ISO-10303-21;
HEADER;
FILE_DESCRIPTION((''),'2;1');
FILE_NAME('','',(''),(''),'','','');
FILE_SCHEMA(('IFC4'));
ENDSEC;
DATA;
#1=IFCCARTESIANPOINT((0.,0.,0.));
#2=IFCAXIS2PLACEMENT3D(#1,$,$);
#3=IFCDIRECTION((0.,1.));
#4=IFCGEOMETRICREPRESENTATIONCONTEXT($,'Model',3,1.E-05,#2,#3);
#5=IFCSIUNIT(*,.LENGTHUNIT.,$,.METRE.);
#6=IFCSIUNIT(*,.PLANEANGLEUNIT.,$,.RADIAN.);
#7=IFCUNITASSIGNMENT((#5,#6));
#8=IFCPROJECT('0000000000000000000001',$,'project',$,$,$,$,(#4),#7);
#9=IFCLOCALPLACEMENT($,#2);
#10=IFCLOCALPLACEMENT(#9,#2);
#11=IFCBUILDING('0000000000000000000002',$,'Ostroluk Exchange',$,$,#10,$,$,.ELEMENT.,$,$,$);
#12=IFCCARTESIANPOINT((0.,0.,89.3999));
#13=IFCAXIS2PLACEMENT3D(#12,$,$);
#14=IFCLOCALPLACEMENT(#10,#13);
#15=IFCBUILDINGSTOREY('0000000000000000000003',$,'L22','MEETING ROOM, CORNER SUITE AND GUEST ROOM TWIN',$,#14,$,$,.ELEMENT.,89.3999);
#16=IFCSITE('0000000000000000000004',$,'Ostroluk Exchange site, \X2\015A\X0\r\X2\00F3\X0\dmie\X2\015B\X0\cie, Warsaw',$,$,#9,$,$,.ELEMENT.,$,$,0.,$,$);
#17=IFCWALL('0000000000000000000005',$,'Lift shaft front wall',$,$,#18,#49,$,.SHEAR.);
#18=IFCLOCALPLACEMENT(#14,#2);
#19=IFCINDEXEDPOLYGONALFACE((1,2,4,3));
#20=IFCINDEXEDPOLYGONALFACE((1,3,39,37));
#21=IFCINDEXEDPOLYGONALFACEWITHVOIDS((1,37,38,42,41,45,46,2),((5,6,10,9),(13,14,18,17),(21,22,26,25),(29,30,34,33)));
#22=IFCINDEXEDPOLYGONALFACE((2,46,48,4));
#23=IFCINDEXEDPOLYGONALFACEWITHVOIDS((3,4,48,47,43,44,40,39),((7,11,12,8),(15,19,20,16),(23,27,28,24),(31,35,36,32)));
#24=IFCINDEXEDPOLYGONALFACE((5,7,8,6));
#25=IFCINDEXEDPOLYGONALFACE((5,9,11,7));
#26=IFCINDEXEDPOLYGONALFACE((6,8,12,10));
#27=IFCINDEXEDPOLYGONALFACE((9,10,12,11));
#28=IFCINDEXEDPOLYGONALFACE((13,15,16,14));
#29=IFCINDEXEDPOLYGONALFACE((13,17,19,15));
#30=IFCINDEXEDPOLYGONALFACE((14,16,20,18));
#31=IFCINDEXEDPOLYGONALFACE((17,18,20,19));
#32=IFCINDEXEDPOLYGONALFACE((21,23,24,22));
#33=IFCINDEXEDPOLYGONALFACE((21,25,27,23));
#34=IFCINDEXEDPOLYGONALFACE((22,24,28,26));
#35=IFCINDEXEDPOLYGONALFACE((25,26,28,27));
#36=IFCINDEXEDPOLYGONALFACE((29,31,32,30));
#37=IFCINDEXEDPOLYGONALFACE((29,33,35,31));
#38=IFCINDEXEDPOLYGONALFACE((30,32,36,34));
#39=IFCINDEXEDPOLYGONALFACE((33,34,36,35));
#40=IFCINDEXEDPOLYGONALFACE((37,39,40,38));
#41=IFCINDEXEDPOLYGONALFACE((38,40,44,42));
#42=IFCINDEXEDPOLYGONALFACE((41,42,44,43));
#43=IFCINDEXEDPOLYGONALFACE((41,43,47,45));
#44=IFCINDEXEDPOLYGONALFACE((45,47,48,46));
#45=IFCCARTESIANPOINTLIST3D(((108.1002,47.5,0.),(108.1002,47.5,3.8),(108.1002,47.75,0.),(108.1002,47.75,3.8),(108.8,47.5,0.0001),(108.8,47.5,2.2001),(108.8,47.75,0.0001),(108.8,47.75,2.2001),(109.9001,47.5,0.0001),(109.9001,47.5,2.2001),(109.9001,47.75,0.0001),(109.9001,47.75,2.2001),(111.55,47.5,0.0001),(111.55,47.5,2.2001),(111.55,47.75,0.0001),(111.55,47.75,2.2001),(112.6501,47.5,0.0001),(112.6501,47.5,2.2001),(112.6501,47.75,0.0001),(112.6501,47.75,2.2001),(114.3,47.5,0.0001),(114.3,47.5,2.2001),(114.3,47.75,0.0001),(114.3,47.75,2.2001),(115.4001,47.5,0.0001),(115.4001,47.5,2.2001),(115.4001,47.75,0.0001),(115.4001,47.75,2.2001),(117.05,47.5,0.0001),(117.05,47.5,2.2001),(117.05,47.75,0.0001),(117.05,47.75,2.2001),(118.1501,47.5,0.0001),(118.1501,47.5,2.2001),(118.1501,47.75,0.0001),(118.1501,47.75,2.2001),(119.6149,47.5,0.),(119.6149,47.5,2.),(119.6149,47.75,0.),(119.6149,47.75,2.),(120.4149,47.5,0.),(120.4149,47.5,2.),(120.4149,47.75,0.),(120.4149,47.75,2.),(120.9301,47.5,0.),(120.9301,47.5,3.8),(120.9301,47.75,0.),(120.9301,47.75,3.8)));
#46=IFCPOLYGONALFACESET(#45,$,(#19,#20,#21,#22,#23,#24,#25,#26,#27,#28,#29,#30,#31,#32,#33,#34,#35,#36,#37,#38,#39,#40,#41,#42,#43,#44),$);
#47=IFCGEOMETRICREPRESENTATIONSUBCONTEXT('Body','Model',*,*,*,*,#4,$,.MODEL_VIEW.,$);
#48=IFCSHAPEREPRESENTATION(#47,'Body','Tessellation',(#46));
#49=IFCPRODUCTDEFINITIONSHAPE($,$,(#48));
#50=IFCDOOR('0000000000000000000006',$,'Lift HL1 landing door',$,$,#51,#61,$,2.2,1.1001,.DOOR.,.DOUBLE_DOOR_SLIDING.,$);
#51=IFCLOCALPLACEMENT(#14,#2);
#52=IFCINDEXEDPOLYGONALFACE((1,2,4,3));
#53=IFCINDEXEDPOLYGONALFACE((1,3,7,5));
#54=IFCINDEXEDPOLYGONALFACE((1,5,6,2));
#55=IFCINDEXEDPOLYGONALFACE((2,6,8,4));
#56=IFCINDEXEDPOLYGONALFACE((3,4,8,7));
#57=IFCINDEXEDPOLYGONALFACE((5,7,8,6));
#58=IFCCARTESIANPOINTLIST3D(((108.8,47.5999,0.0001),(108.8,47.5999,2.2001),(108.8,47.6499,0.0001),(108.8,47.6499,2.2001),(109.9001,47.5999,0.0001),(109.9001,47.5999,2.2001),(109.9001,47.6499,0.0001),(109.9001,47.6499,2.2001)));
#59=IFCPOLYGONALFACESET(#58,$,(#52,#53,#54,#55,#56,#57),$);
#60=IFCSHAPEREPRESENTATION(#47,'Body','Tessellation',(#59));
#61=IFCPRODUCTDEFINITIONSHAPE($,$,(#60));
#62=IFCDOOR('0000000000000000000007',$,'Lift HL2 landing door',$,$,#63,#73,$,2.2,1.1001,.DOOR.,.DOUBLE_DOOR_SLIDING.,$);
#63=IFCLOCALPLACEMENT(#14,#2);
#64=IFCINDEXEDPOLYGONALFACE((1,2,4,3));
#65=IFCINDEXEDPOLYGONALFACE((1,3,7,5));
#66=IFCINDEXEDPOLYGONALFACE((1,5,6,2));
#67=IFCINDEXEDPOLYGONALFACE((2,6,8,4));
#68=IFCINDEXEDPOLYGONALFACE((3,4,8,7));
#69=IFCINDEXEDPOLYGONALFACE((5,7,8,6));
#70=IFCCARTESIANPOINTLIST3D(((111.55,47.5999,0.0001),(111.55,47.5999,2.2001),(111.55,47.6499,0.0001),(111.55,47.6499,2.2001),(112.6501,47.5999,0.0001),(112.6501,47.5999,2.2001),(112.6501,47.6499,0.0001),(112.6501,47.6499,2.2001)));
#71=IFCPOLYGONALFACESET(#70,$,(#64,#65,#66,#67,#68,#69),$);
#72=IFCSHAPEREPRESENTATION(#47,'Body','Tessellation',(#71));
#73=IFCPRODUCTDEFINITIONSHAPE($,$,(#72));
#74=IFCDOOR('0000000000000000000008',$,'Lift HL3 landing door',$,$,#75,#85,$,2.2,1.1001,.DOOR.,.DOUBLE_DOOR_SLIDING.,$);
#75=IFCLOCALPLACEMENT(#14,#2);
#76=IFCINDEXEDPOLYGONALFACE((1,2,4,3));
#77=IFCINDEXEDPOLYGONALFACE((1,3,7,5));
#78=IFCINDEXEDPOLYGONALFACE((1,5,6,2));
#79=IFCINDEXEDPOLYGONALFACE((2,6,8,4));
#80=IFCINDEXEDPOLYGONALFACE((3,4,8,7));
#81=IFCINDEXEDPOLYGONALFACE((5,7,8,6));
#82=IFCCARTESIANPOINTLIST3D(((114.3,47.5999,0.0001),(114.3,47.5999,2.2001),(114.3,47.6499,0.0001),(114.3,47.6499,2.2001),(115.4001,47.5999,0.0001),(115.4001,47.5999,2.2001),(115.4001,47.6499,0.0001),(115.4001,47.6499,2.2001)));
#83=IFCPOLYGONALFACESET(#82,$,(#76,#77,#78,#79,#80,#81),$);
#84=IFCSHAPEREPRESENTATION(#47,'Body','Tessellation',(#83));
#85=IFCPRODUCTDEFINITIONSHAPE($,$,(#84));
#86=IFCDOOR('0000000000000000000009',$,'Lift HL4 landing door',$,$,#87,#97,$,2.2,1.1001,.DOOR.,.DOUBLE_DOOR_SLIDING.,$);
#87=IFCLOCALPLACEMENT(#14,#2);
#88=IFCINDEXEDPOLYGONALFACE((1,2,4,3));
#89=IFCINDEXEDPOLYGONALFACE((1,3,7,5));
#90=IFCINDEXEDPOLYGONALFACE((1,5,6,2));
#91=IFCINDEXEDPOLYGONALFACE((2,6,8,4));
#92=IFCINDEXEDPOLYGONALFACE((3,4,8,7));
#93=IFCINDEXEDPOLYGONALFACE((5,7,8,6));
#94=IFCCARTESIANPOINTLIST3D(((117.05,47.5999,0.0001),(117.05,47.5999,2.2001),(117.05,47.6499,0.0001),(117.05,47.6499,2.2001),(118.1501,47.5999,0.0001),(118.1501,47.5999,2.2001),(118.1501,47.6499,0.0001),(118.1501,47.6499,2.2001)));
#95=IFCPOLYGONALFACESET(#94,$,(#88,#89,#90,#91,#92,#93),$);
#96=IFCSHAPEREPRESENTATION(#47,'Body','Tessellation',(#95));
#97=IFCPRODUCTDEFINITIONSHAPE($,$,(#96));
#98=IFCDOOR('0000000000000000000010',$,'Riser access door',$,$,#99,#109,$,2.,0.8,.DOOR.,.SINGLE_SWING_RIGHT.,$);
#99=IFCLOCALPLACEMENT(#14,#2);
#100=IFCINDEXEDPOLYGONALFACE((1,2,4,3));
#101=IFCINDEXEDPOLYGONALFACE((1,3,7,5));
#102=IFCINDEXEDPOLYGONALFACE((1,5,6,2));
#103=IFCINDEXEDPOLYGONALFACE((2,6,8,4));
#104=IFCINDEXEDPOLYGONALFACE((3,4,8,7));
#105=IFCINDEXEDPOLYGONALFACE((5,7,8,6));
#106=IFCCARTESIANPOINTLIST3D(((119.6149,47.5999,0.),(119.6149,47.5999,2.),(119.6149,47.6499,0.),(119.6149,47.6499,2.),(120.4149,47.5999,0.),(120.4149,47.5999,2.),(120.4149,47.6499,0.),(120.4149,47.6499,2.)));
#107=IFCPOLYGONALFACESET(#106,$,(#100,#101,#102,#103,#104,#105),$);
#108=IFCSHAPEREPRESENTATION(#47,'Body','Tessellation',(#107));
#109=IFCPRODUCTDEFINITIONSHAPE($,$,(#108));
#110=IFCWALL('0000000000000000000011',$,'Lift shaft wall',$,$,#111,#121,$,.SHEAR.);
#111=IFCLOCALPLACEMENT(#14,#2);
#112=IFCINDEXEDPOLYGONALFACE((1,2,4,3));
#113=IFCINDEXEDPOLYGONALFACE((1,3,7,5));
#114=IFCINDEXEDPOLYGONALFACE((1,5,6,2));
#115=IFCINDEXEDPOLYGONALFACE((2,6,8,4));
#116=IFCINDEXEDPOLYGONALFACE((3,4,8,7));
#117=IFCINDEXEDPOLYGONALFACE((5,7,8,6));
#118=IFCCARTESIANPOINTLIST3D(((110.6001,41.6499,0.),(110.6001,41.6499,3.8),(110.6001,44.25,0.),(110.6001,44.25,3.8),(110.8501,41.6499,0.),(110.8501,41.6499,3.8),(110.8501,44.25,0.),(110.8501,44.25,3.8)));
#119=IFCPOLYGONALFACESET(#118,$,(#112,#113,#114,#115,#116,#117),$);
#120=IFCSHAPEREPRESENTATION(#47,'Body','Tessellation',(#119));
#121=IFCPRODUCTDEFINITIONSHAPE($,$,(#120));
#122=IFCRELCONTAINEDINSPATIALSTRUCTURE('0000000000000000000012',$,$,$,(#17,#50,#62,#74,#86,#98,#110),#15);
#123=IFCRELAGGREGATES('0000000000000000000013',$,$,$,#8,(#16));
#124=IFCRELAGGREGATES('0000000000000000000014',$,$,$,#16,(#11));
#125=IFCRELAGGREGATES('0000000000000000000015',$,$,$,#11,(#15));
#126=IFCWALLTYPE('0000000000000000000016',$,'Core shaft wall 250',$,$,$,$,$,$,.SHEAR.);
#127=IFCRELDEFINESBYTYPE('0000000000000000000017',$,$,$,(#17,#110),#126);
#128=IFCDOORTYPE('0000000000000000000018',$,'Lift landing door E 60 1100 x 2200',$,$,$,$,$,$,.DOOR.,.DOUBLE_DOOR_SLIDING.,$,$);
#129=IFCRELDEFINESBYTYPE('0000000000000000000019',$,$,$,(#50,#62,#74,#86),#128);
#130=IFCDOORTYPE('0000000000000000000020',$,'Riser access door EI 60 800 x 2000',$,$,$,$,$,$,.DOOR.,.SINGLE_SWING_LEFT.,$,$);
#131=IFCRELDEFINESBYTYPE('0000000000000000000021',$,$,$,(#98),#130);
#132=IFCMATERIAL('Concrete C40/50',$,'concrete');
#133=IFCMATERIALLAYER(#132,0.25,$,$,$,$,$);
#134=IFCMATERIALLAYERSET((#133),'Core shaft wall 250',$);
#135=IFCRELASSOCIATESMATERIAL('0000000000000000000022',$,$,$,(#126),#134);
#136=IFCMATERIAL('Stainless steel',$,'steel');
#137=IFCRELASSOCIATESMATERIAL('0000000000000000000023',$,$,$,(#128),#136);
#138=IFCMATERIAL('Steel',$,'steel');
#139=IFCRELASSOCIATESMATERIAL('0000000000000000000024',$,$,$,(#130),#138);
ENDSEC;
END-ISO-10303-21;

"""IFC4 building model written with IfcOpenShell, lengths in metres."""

from ifc_helpers import new_model, si_unit, direction, frame, frame_2d, origin, place, context, subcontext, project, spatial, rectangle, extrude, material, layer, layer_set, type_object, element, fill, save


model = new_model("IFC4")

# Units and contexts
model_context = context("Model", 3, precision=1e-05, world=origin(), true_north=direction((0.0, 1.0)))
body_context = subcontext(model_context, "Body", "Model", "MODEL_VIEW")
ifc_project = project(units=[si_unit("LENGTHUNIT", "METRE"), si_unit("PLANEANGLEUNIT", "RADIAN")], contexts=[model_context])

# Site, building, storey
site_placement = place(None, origin())
site = spatial("IfcSite", under=ifc_project, at=site_placement, Name="Ostroluk Exchange site, Śródmieście, Warsaw", CompositionType="ELEMENT", RefElevation=0.0)
building_placement = place(site_placement, origin())
building = spatial("IfcBuilding", under=site, at=building_placement, Name="Ostroluk Exchange", CompositionType="ELEMENT")
storey_placement = place(building_placement, frame((0.0, 0.0, 89.3999)))
storey = spatial("IfcBuildingStorey", under=building, at=storey_placement, Name="L22", Description="MEETING ROOM, CORNER SUITE AND GUEST ROOM TWIN", CompositionType="ELEMENT", Elevation=89.3999)

# Shared definitions
ifc_material_1 = material(Name="Concrete C40/50", Category="concrete")
ifc_layer_1 = layer(ifc_material_1, 0.25)
ifc_layer_set_1 = layer_set([ifc_layer_1], Name="Core shaft wall 250")
wall_type_1 = type_object("IfcWallType", Name="Core shaft wall 250", PredefinedType="SHEAR", material=ifc_layer_set_1)

# Wall, openings, doors
wall_1_placement = place(storey_placement, frame((108.1001, 47.625, 0.0), z_axis=(0.0, 0.0, 1.0), x_axis=(1.0, 0.0, 0.0)))
wall_1 = element("IfcWall", 1, at=wall_1_placement, inside=storey, type_object=wall_type_1, Name="Lift shaft front wall", PredefinedType="SHEAR", context=body_context, shape_type="SweptSolid", body=[
    extrude(rectangle(XDim=12.8298, YDim=0.25, at=frame_2d((6.415, 0.0))), origin(), (0.0, 0.0, 1.0), 3.8),
])
opening_1_placement = place(wall_1_placement, frame((0.7, 0.0, 0.0)))
opening_1 = element("IfcOpeningElement", 2, at=opening_1_placement, cuts=wall_1, PredefinedType="OPENING", context=body_context, shape_type="SweptSolid", body=[
    extrude(rectangle(XDim=1.1001, YDim=2.2, at=frame_2d((0.55, 1.1001))), frame((0.0, 0.135, 0.0), z_axis=(0.0, -1.0, 0.0), x_axis=(1.0, 0.0, 0.0)), (0.0, 0.0, 1.0), 0.27),
])
opening_2_placement = place(wall_1_placement, frame((3.45, 0.0, 0.0)))
opening_2 = element("IfcOpeningElement", 3, at=opening_2_placement, cuts=wall_1, PredefinedType="OPENING", context=body_context, shape_type="SweptSolid", body=[
    extrude(rectangle(XDim=1.1001, YDim=2.2, at=frame_2d((0.55, 1.1001))), frame((0.0, 0.135, 0.0), z_axis=(0.0, -1.0, 0.0), x_axis=(1.0, 0.0, 0.0)), (0.0, 0.0, 1.0), 0.27),
])
opening_3_placement = place(wall_1_placement, frame((6.2, 0.0, 0.0)))
opening_3 = element("IfcOpeningElement", 4, at=opening_3_placement, cuts=wall_1, PredefinedType="OPENING", context=body_context, shape_type="SweptSolid", body=[
    extrude(rectangle(XDim=1.1001, YDim=2.2, at=frame_2d((0.55, 1.1001))), frame((0.0, 0.135, 0.0), z_axis=(0.0, -1.0, 0.0), x_axis=(1.0, 0.0, 0.0)), (0.0, 0.0, 1.0), 0.27),
])
opening_4_placement = place(wall_1_placement, frame((8.95, 0.0, 0.0)))
opening_4 = element("IfcOpeningElement", 5, at=opening_4_placement, cuts=wall_1, PredefinedType="OPENING", context=body_context, shape_type="SweptSolid", body=[
    extrude(rectangle(XDim=1.1001, YDim=2.2, at=frame_2d((0.55, 1.1001))), frame((0.0, 0.135, 0.0), z_axis=(0.0, -1.0, 0.0), x_axis=(1.0, 0.0, 0.0)), (0.0, 0.0, 1.0), 0.27),
])
opening_5_placement = place(wall_1_placement, frame((11.5149, 0.0, 0.0)))
opening_5 = element("IfcOpeningElement", 6, at=opening_5_placement, cuts=wall_1, PredefinedType="OPENING", context=body_context, shape_type="SweptSolid", body=[
    extrude(rectangle(XDim=0.8, YDim=2.0, at=frame_2d((0.3999, 1.0))), frame((0.0, 0.135, 0.0), z_axis=(0.0, -1.0, 0.0), x_axis=(1.0, 0.0, 0.0)), (0.0, 0.0, 1.0), 0.27),
])
ifc_material_2 = material(Name="Stainless steel", Category="steel")
door_type_1 = type_object("IfcDoorType", Name="Lift landing door E 60 1100 x 2200", OperationType="DOUBLE_DOOR_SLIDING", PredefinedType="DOOR", material=ifc_material_2)
door_1_placement = place(opening_1_placement, origin())
door_1 = element("IfcDoor", 7, at=door_1_placement, inside=storey, type_object=door_type_1, Name="Lift HL1 landing door", OperationType="DOUBLE_DOOR_SLIDING", OverallHeight=2.2, OverallWidth=1.1001, PredefinedType="DOOR", context=body_context, shape_type="SweptSolid", body=[
    extrude(rectangle(XDim=1.1001, YDim=2.2, at=frame_2d((0.55, 1.1001))), frame((0.0, 0.0249, 0.0), z_axis=(0.0, -1.0, 0.0), x_axis=(1.0, 0.0, 0.0)), (0.0, 0.0, 1.0), 0.05),
])
fill(opening_1, door_1)
door_2_placement = place(opening_2_placement, origin())
door_2 = element("IfcDoor", 8, at=door_2_placement, inside=storey, type_object=door_type_1, Name="Lift HL2 landing door", OperationType="DOUBLE_DOOR_SLIDING", OverallHeight=2.2, OverallWidth=1.1001, PredefinedType="DOOR", context=body_context, shape_type="SweptSolid", body=[
    extrude(rectangle(XDim=1.1001, YDim=2.2, at=frame_2d((0.55, 1.1001))), frame((0.0, 0.0249, 0.0), z_axis=(0.0, -1.0, 0.0), x_axis=(1.0, 0.0, 0.0)), (0.0, 0.0, 1.0), 0.05),
])
fill(opening_2, door_2)
door_3_placement = place(opening_3_placement, origin())
door_3 = element("IfcDoor", 9, at=door_3_placement, inside=storey, type_object=door_type_1, Name="Lift HL3 landing door", OperationType="DOUBLE_DOOR_SLIDING", OverallHeight=2.2, OverallWidth=1.1001, PredefinedType="DOOR", context=body_context, shape_type="SweptSolid", body=[
    extrude(rectangle(XDim=1.1001, YDim=2.2, at=frame_2d((0.55, 1.1001))), frame((0.0, 0.0249, 0.0), z_axis=(0.0, -1.0, 0.0), x_axis=(1.0, 0.0, 0.0)), (0.0, 0.0, 1.0), 0.05),
])
fill(opening_3, door_3)
door_4_placement = place(opening_4_placement, origin())
door_4 = element("IfcDoor", 10, at=door_4_placement, inside=storey, type_object=door_type_1, Name="Lift HL4 landing door", OperationType="DOUBLE_DOOR_SLIDING", OverallHeight=2.2, OverallWidth=1.1001, PredefinedType="DOOR", context=body_context, shape_type="SweptSolid", body=[
    extrude(rectangle(XDim=1.1001, YDim=2.2, at=frame_2d((0.55, 1.1001))), frame((0.0, 0.0249, 0.0), z_axis=(0.0, -1.0, 0.0), x_axis=(1.0, 0.0, 0.0)), (0.0, 0.0, 1.0), 0.05),
])
fill(opening_4, door_4)
ifc_material_3 = material(Name="Steel", Category="steel")
door_type_2 = type_object("IfcDoorType", Name="Riser access door EI 60 800 x 2000", OperationType="SINGLE_SWING_LEFT", PredefinedType="DOOR", material=ifc_material_3)
door_5_placement = place(opening_5_placement, origin())
door_5 = element("IfcDoor", 11, at=door_5_placement, inside=storey, type_object=door_type_2, Name="Riser access door", OperationType="SINGLE_SWING_RIGHT", OverallHeight=2.0, OverallWidth=0.8, PredefinedType="DOOR", context=body_context, shape_type="SweptSolid", body=[
    extrude(rectangle(XDim=0.8, YDim=2.0, at=frame_2d((0.3999, 1.0))), frame((0.0, 0.0249, 0.0), z_axis=(0.0, -1.0, 0.0), x_axis=(1.0, 0.0, 0.0)), (0.0, 0.0, 1.0), 0.05),
])
fill(opening_5, door_5)

# Wall
wall_2_placement = place(storey_placement, frame((110.7251, 44.25, 0.0), z_axis=(0.0, 0.0, 1.0), x_axis=(0.0, -1.0, 0.0)))
element("IfcWall", 12, at=wall_2_placement, inside=storey, type_object=wall_type_1, Name="Lift shaft wall", PredefinedType="SHEAR", context=body_context, shape_type="SweptSolid", body=[
    extrude(rectangle(XDim=2.6001, YDim=0.25, at=frame_2d((1.3, 0.0))), origin(), (0.0, 0.0, 1.0), 3.8),
])

save(model, "model.ifc")
